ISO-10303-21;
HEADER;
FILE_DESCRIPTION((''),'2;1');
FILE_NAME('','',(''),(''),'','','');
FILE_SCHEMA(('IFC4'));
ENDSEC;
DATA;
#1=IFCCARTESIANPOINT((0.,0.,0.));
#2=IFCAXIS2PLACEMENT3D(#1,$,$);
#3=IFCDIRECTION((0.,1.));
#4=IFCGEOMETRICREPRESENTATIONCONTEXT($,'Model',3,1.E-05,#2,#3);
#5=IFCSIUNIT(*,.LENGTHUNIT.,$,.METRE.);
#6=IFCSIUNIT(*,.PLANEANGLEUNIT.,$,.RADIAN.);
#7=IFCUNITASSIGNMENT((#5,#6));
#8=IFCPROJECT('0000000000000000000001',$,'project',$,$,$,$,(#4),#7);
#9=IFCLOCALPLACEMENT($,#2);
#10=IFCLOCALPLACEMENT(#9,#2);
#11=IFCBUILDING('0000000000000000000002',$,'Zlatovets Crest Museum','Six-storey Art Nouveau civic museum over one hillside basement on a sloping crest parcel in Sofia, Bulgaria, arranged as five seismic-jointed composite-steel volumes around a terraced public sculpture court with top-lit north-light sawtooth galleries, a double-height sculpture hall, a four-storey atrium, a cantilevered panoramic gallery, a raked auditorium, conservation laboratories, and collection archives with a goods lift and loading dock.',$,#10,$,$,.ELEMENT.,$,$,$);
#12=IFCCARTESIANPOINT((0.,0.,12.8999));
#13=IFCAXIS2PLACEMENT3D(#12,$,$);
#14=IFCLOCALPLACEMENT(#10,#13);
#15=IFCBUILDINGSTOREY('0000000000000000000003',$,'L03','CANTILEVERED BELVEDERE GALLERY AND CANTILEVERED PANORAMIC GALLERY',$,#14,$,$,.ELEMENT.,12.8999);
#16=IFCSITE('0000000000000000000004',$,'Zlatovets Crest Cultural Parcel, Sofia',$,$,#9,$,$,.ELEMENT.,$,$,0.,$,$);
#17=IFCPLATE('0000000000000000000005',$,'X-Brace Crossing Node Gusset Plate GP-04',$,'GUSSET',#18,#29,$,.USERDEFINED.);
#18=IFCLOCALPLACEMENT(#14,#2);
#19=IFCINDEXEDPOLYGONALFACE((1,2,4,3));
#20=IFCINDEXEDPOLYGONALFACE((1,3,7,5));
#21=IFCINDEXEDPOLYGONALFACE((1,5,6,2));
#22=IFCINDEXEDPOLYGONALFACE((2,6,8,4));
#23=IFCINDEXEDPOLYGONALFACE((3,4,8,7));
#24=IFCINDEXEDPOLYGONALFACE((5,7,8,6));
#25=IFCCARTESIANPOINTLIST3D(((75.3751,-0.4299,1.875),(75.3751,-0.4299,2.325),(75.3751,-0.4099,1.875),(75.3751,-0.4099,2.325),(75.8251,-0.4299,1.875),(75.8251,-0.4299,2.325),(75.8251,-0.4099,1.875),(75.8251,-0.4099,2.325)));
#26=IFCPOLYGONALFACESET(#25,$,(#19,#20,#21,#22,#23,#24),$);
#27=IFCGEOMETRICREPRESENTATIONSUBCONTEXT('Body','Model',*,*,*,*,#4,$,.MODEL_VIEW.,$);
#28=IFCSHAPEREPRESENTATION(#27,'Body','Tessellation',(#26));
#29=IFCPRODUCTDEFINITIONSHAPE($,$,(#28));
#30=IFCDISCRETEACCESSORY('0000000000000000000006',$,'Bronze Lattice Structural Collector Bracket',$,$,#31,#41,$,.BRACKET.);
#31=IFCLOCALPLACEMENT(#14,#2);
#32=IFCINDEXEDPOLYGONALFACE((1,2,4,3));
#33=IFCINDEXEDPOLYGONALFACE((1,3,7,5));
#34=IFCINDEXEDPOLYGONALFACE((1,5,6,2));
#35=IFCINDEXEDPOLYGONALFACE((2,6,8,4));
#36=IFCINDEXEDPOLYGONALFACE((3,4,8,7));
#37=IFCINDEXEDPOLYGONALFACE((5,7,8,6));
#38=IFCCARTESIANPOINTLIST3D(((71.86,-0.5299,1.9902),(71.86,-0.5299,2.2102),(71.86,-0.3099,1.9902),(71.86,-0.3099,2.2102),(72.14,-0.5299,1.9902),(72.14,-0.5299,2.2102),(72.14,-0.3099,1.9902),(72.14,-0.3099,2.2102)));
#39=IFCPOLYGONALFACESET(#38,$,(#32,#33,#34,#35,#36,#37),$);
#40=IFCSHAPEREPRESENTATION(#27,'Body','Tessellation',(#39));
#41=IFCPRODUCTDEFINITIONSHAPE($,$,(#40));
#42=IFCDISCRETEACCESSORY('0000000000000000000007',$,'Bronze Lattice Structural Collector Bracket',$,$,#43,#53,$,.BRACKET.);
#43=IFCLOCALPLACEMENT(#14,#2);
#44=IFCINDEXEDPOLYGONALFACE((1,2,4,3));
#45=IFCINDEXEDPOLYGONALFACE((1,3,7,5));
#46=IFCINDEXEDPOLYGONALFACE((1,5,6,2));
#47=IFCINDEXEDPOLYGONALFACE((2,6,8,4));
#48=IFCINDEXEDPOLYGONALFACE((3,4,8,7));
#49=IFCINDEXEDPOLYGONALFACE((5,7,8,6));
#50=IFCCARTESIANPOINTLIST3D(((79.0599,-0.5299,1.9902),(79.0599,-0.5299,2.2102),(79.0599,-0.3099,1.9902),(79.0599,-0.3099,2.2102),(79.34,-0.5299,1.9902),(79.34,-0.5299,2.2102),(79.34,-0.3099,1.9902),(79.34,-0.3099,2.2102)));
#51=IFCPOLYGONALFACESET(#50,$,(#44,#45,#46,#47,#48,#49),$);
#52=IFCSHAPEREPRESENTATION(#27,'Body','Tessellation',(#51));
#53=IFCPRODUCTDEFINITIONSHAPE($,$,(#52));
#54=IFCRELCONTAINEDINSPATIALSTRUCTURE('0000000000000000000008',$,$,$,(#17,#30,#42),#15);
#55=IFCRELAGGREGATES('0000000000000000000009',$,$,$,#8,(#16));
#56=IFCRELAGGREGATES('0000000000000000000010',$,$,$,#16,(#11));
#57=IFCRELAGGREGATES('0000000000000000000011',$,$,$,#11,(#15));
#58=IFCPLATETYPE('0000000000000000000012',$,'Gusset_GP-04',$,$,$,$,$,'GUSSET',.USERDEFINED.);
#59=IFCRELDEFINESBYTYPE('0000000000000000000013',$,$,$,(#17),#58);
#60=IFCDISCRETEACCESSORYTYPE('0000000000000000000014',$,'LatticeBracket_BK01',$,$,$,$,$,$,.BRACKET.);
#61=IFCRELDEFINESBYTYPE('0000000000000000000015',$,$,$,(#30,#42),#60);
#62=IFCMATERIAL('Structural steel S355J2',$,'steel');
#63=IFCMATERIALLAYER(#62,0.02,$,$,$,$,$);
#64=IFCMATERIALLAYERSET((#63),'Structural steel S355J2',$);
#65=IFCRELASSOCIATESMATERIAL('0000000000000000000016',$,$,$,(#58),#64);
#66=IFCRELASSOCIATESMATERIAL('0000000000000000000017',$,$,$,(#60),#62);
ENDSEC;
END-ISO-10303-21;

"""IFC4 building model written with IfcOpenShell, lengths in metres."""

from ifc_helpers import new_model, si_unit, direction, frame, origin, origin_2d, place, context, subcontext, project, spatial, rectangle, extrude, material, layer, layer_set, type_object, element, save


model = new_model("IFC4")

# Units and contexts
model_context = context("Model", 3, precision=1e-05, world=origin(), true_north=direction((0.0, 1.0)))
body_context = subcontext(model_context, "Body", "Model", "MODEL_VIEW")
ifc_project = project(units=[si_unit("LENGTHUNIT", "METRE"), si_unit("PLANEANGLEUNIT", "RADIAN")], contexts=[model_context])

# Site, building, storey
site_placement = place(None, origin())
site = spatial("IfcSite", under=ifc_project, at=site_placement, Name="Zlatovets Crest Cultural Parcel, Sofia", CompositionType="ELEMENT", RefElevation=0.0)
building_placement = place(site_placement, origin())
building = spatial("IfcBuilding", under=site, at=building_placement, Name="Zlatovets Crest Museum", Description="Six-storey Art Nouveau civic museum over one hillside basement on a sloping crest parcel in Sofia, Bulgaria, arranged as five seismic-jointed composite-steel volumes around a terraced public sculpture court with top-lit north-light sawtooth galleries, a double-height sculpture hall, a four-storey atrium, a cantilevered panoramic gallery, a raked auditorium, conservation laboratories, and collection archives with a goods lift and loading dock.", CompositionType="ELEMENT")
storey_placement = place(building_placement, frame((0.0, 0.0, 12.8999)))
storey = spatial("IfcBuildingStorey", under=building, at=storey_placement, Name="L03", Description="CANTILEVERED BELVEDERE GALLERY AND CANTILEVERED PANORAMIC GALLERY", CompositionType="ELEMENT", Elevation=12.8999)

# Plate
ifc_material_1 = material(Name="Structural steel S355J2", Category="steel")
ifc_layer_1 = layer(ifc_material_1, 0.02)
ifc_layer_set_1 = layer_set([ifc_layer_1], Name="Structural steel S355J2")
plate_type_1 = type_object("IfcPlateType", Name="Gusset_GP-04", ElementType="GUSSET", PredefinedType="USERDEFINED", material=ifc_layer_set_1)
plate_1_placement = place(storey_placement, frame((75.6001, -0.4199, 1.875), z_axis=(0.0, 0.0, 1.0), x_axis=(1.0, 0.0, 0.0)))
element("IfcPlate", 1, at=plate_1_placement, inside=storey, type_object=plate_type_1, Name="X-Brace Crossing Node Gusset Plate GP-04", ObjectType="GUSSET", PredefinedType="USERDEFINED", context=body_context, shape_type="SweptSolid", body=[
    extrude(rectangle(XDim=0.45, YDim=0.02, at=origin_2d()), origin(), (0.0, 0.0, 1.0), 0.45),
])

# Discrete accessories
discrete_accessory_type = type_object("IfcDiscreteAccessoryType", Name="LatticeBracket_BK01", PredefinedType="BRACKET", material=ifc_material_1)
for number, where, z_axis, x_axis, name in (
    (2, (72.0, -0.4199, 1.9902), (0.0, 0.0, 1.0), (1.0, 0.0, 0.0), "Bronze Lattice Structural Collector Bracket"),
    (3, (79.2, -0.4199, 1.9902), (0.0, 0.0, 1.0), (1.0, 0.0, 0.0), "Bronze Lattice Structural Collector Bracket"),
):
    element("IfcDiscreteAccessory", number, at=place(storey_placement, frame(where, z_axis=z_axis, x_axis=x_axis)), inside=storey, type_object=discrete_accessory_type, Name=name, PredefinedType="BRACKET", context=body_context, shape_type="SweptSolid", body=[
        extrude(rectangle(XDim=0.28, YDim=0.22, at=origin_2d()), origin(), (0.0, 0.0, 1.0), 0.22),
    ])

save(model, "model.ifc")
